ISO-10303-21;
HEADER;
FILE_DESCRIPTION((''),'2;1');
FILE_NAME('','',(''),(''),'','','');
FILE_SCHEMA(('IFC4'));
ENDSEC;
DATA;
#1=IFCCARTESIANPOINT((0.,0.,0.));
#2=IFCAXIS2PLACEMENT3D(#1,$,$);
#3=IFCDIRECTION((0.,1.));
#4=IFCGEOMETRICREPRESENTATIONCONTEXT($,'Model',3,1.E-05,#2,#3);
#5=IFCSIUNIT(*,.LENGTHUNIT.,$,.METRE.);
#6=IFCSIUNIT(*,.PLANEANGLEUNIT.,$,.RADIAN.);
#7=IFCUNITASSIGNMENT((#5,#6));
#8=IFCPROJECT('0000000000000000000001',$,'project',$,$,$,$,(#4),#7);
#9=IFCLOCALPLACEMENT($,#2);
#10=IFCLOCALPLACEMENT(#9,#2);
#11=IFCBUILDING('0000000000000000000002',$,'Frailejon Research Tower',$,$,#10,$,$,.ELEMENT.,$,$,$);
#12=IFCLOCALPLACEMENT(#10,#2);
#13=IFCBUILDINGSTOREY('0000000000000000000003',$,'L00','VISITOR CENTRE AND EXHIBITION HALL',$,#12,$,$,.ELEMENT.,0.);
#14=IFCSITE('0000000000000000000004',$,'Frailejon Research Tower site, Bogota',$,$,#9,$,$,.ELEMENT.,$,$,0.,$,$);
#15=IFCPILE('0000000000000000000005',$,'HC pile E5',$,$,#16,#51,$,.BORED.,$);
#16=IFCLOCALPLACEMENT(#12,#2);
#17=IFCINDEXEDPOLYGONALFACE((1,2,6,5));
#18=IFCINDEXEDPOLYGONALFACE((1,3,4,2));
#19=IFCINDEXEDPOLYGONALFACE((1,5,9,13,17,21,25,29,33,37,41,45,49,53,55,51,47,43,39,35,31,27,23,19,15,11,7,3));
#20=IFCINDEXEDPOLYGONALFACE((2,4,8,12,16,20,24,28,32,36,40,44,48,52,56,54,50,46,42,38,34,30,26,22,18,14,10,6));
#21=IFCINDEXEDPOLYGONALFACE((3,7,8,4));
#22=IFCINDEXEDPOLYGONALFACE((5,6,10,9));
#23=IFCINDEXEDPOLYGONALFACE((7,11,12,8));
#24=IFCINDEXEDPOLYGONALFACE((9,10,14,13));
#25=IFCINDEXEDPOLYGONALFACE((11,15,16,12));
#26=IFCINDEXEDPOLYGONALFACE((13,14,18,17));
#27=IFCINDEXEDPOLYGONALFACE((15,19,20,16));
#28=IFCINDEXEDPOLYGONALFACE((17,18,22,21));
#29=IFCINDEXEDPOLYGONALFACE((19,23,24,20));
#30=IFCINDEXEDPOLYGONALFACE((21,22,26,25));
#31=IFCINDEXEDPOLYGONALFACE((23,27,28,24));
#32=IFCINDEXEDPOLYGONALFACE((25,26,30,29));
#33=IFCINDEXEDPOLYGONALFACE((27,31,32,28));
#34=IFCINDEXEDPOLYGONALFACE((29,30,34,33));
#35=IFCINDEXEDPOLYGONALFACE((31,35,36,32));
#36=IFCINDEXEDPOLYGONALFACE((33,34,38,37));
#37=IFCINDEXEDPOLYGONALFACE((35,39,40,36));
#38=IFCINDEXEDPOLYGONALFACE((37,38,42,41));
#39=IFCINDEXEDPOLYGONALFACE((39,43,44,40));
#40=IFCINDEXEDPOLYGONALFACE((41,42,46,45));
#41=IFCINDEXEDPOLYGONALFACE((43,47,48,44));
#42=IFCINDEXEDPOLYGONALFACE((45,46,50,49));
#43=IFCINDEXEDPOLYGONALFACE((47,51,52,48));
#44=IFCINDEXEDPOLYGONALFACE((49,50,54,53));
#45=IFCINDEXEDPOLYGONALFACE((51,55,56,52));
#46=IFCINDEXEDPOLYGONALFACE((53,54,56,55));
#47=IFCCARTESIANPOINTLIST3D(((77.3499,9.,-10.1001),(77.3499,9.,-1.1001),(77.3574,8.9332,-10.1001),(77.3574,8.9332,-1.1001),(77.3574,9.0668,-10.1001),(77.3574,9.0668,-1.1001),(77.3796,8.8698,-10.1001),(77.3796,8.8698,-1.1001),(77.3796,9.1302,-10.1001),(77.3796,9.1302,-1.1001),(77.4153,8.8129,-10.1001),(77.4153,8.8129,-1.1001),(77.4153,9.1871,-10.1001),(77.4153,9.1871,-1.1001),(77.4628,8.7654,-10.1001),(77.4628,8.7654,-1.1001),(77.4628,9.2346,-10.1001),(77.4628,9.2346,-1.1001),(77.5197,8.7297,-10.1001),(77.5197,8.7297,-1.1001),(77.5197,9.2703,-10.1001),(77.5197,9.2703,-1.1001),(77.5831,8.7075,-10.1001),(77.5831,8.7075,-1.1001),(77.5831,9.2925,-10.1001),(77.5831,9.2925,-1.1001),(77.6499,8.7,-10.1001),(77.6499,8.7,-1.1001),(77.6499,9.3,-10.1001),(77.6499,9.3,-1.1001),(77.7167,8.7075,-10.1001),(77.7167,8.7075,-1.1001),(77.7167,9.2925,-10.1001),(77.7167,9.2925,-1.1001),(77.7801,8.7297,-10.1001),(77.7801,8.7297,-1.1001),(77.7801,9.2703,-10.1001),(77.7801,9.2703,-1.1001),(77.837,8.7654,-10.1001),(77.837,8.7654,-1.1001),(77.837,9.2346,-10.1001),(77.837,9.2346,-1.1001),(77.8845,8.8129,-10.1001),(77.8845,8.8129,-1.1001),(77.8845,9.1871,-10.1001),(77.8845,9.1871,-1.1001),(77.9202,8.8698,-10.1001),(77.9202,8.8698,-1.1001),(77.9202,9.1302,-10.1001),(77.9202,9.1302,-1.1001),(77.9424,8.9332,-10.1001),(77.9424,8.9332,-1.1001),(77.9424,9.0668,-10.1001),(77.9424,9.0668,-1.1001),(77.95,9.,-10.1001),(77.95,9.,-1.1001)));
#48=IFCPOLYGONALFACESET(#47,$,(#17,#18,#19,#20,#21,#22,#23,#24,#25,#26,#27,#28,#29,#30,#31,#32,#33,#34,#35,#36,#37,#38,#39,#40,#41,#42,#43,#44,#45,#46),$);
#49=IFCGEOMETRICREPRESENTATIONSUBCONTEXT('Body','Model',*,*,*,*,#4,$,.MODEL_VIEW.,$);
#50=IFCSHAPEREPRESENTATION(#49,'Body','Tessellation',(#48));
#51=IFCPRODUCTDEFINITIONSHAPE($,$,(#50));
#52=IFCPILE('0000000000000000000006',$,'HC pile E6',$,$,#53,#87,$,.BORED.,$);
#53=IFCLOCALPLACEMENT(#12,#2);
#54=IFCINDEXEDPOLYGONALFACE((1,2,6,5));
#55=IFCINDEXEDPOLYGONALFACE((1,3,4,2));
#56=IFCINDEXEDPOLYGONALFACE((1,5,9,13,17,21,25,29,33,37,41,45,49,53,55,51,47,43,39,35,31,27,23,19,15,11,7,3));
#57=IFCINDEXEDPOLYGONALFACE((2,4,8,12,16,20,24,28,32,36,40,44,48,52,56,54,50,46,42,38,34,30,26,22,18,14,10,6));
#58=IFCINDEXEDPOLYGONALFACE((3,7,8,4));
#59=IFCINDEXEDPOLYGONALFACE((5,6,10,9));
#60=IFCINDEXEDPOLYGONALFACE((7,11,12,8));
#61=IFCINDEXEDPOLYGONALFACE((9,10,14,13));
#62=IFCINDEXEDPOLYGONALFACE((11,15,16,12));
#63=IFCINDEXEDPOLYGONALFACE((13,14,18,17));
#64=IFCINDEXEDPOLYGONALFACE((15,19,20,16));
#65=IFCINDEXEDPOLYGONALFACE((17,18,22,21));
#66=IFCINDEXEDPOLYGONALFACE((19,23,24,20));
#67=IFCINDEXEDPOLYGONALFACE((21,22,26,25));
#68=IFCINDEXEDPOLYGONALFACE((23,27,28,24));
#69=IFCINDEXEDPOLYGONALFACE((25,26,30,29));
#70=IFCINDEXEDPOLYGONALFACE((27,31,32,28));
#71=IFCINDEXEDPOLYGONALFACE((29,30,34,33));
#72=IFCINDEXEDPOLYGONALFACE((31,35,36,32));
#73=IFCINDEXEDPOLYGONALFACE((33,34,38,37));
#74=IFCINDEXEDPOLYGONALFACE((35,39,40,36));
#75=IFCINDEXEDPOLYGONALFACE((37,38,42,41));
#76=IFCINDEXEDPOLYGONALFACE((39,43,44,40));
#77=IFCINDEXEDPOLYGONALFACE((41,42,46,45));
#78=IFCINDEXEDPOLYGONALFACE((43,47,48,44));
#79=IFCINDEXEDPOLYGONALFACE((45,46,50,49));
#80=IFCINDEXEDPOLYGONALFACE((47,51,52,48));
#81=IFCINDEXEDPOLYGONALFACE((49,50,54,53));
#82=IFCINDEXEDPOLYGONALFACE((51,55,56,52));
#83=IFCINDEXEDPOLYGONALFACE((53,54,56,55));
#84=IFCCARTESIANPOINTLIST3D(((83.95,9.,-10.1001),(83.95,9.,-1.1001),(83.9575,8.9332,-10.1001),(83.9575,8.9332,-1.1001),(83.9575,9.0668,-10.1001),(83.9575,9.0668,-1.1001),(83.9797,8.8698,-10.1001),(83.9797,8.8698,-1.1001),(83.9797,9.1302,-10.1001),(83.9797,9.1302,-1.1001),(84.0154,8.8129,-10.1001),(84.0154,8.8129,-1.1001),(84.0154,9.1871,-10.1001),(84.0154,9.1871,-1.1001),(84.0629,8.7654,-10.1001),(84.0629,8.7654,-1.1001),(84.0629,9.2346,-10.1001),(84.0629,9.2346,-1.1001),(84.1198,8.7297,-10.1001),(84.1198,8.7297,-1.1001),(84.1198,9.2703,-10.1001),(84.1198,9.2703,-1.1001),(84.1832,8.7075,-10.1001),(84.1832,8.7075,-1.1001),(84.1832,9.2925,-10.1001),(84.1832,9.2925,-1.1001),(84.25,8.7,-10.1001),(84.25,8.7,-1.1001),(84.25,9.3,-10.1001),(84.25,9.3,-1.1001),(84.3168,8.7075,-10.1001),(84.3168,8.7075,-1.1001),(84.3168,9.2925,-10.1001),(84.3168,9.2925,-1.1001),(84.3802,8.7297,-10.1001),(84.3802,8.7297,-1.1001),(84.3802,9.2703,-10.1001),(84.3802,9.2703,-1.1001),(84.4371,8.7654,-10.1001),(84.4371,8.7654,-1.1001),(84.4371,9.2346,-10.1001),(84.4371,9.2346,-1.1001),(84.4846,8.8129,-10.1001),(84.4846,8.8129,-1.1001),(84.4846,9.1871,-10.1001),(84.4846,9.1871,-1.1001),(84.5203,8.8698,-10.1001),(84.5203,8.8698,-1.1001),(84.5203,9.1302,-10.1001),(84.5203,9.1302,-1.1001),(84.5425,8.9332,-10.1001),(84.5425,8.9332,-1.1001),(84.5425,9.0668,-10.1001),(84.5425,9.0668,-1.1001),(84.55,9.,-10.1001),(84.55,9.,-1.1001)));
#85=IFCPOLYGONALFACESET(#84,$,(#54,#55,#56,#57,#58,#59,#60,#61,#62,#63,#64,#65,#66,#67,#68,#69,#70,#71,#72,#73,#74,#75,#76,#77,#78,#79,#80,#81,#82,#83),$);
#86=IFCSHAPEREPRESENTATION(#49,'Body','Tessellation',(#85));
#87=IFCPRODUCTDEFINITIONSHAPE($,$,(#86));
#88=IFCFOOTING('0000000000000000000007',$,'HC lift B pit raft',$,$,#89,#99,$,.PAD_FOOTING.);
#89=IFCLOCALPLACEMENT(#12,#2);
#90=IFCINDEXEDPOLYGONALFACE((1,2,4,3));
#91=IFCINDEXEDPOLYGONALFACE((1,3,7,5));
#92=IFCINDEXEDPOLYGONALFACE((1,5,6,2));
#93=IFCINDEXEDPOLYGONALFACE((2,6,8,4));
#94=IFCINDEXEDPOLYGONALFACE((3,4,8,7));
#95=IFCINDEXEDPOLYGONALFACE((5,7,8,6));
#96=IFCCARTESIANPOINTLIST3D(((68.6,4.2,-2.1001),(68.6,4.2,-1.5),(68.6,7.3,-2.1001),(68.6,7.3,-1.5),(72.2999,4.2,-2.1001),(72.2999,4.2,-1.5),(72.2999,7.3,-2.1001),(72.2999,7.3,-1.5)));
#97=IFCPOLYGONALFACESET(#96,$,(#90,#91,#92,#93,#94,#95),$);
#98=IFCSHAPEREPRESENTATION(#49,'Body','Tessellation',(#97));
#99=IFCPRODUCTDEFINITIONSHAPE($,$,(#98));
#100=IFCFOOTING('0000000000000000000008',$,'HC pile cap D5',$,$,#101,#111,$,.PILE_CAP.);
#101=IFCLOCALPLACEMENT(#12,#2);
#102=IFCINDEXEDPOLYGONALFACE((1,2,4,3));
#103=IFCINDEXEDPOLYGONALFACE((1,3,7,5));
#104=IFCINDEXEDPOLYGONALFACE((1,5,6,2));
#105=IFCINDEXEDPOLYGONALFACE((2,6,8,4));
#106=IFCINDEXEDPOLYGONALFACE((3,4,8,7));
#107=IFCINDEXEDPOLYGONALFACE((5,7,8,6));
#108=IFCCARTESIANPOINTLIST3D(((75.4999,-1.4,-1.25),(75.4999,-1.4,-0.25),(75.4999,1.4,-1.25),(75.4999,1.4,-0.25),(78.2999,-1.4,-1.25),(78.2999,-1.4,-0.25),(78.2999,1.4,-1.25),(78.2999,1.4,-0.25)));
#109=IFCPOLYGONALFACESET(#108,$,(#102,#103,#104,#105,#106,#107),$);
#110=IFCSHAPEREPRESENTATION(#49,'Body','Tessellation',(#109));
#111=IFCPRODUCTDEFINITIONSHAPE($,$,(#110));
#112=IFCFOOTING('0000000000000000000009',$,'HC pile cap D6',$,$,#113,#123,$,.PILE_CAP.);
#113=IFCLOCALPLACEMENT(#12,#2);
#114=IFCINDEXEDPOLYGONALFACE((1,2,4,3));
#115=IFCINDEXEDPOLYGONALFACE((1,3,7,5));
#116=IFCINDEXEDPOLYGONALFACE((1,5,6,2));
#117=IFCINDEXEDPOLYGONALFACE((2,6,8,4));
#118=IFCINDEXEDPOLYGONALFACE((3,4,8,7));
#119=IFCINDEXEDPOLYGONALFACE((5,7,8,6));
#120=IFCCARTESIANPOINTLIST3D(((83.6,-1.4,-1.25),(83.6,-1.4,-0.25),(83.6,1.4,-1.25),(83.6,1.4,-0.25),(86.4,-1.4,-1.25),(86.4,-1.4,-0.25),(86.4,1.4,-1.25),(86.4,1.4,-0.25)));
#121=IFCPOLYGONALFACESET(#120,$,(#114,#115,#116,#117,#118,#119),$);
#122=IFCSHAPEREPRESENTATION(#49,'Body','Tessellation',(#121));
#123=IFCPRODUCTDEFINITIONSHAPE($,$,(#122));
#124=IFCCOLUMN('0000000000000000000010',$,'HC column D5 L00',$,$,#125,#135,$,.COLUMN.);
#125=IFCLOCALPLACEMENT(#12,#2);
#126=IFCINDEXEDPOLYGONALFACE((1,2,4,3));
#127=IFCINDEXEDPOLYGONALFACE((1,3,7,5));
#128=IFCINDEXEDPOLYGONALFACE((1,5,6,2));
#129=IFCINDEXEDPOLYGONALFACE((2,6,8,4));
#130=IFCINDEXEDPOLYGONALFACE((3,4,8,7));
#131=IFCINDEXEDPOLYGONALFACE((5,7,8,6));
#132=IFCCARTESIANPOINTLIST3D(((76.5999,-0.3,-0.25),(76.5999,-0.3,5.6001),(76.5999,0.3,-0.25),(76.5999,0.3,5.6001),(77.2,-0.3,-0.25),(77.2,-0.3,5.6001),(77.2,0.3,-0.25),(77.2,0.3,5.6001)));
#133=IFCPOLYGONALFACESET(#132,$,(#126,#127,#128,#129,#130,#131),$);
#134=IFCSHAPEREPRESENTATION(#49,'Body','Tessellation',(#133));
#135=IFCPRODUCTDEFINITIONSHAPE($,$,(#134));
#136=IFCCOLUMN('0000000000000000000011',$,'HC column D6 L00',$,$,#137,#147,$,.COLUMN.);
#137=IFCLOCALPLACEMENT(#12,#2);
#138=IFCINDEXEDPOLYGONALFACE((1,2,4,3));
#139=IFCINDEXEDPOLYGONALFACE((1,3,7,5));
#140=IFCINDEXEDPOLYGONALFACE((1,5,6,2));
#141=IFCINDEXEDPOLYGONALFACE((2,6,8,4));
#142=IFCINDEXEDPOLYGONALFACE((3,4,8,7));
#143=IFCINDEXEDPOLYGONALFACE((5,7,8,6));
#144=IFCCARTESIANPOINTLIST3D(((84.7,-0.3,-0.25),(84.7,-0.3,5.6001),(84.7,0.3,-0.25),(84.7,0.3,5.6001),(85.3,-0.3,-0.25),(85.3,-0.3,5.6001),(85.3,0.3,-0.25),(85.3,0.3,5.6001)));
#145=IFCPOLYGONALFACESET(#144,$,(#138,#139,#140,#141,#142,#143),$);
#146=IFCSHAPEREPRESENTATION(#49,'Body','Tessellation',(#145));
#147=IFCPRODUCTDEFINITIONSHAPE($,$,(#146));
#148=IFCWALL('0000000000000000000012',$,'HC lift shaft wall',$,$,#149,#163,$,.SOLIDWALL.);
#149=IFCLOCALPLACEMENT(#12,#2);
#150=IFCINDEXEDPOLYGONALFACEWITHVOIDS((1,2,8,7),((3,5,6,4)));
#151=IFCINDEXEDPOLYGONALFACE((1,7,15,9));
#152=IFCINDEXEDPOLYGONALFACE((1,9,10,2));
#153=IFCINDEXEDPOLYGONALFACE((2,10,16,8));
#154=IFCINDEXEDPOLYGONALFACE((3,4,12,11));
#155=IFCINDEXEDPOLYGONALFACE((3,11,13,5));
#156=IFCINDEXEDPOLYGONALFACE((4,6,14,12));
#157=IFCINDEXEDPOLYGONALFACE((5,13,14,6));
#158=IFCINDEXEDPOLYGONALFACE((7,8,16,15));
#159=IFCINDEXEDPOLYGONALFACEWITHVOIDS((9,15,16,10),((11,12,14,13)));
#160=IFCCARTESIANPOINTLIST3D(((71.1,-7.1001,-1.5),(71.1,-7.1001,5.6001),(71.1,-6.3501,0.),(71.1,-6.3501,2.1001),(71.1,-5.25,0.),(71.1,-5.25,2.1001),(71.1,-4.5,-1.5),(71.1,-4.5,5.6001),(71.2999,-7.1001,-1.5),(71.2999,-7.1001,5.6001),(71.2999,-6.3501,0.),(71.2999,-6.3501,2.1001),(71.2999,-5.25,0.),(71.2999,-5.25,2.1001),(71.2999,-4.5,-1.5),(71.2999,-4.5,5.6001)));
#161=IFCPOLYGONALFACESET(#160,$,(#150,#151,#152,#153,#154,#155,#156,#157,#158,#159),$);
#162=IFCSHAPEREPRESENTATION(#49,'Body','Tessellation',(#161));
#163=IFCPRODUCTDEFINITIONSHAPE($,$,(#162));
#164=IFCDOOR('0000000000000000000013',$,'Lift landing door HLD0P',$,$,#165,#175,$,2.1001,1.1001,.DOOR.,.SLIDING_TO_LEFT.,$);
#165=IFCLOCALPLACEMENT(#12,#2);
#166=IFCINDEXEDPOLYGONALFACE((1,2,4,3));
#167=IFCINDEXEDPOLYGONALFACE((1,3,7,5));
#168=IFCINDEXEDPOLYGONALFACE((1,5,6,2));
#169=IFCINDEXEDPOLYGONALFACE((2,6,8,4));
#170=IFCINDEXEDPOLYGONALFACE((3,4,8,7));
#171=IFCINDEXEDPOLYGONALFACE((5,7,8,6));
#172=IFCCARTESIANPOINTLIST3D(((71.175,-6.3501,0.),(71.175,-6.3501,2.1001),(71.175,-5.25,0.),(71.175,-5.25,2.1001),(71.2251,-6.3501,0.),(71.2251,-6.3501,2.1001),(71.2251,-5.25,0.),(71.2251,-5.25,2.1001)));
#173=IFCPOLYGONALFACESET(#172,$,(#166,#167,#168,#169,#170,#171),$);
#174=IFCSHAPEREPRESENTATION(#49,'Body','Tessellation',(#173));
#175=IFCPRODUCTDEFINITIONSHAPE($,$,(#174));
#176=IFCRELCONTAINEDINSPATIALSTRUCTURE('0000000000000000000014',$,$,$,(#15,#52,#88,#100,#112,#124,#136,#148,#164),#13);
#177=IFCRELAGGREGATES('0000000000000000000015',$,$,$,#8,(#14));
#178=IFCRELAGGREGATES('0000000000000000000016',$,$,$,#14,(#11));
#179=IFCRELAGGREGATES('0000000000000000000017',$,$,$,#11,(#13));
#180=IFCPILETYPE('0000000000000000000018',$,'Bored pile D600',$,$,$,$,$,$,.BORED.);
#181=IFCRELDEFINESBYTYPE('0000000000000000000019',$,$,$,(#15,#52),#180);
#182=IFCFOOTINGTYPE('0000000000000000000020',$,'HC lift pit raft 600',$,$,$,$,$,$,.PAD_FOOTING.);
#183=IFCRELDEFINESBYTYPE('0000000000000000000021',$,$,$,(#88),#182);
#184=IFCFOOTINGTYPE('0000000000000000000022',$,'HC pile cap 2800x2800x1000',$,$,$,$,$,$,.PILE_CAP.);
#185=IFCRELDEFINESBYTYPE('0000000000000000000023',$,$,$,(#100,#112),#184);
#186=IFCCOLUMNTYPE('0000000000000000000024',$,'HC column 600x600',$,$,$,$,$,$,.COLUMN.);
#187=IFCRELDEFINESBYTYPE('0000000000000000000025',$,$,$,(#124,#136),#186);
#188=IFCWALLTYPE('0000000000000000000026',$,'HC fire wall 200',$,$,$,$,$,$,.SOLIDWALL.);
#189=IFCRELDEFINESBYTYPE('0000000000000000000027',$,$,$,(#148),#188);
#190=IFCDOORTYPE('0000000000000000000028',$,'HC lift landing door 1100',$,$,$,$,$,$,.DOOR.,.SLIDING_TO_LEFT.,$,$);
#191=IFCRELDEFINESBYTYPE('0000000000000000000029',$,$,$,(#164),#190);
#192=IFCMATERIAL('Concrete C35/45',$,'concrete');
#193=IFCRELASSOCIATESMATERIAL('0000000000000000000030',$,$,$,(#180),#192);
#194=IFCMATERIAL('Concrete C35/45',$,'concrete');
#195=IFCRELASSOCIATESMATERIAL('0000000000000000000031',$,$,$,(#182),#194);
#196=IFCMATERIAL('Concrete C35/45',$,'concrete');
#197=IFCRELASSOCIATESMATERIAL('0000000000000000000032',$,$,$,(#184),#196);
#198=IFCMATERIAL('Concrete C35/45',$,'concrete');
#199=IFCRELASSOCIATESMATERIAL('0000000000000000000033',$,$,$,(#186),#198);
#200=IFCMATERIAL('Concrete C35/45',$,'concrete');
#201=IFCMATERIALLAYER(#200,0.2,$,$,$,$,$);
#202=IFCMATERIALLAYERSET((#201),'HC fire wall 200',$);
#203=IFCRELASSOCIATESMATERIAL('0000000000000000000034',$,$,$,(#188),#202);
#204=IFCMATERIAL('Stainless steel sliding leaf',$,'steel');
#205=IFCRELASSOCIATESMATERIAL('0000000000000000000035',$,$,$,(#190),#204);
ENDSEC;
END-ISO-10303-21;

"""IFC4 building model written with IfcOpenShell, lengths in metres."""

from ifc_helpers import new_model, si_unit, direction, frame, frame_2d, origin, origin_2d, place, context, subcontext, project, spatial, rectangle, circle, extrude, material, layer, layer_set, material_profile, profile_set, type_object, element, fill, save


model = new_model("IFC4")

# Units and contexts
model_context = context("Model", 3, precision=1e-05, world=origin(), true_north=direction((0.0, 1.0)))
body_context = subcontext(model_context, "Body", "Model", "MODEL_VIEW")
ifc_project = project(units=[si_unit("LENGTHUNIT", "METRE"), si_unit("PLANEANGLEUNIT", "RADIAN")], contexts=[model_context])

# Site, building, storey
site_placement = place(None, origin())
site = spatial("IfcSite", under=ifc_project, at=site_placement, Name="Frailejon Research Tower site, Bogota", CompositionType="ELEMENT", RefElevation=0.0)
building_placement = place(site_placement, origin())
building = spatial("IfcBuilding", under=site, at=building_placement, Name="Frailejon Research Tower", CompositionType="ELEMENT")
storey_placement = place(building_placement, origin())
storey = spatial("IfcBuildingStorey", under=building, at=storey_placement, Name="L00", Description="VISITOR CENTRE AND EXHIBITION HALL", CompositionType="ELEMENT", Elevation=0.0)

# Piles
ifc_material_1 = material(Name="Concrete C35/45", Category="concrete")
ifc_material_profile_1 = material_profile(ifc_material_1, circle(Radius=0.3, at=origin_2d()), Name="Bored pile D600")
ifc_profile_set_1 = profile_set([ifc_material_profile_1], Name="Concrete C35/45")
pile_type = type_object("IfcPileType", Name="Bored pile D600", PredefinedType="BORED", material=ifc_profile_set_1)
for number, where, z_axis, x_axis, name in (
    (1, (77.6499, 9.0, -1.1001), (0.0, 0.0, -1.0), (1.0, 0.0, 0.0), "HC pile E5"),
    (2, (84.25, 9.0, -1.1001), (0.0, 0.0, -1.0), (1.0, 0.0, 0.0), "HC pile E6"),
):
    element("IfcPile", number, at=place(storey_placement, frame(where, z_axis=z_axis, x_axis=x_axis)), inside=storey, type_object=pile_type, Name=name, PredefinedType="BORED", context=body_context, shape_type="SweptSolid", body=[
        extrude(circle(Radius=0.3, at=origin_2d()), origin(), (0.0, 0.0, 1.0), 9.0),
    ])

# Footings
ifc_material_2 = material(Name="Concrete C35/45", Category="concrete")
footing_type_1 = type_object("IfcFootingType", Name="HC lift pit raft 600", PredefinedType="PAD_FOOTING", material=ifc_material_2)
footing_placement = place(storey_placement, frame((70.45, 5.75, -2.1001), z_axis=(0.0, 0.0, 1.0), x_axis=(1.0, 0.0, 0.0)))
element("IfcFooting", 3, at=footing_placement, inside=storey, type_object=footing_type_1, Name="HC lift B pit raft", PredefinedType="PAD_FOOTING", context=body_context, shape_type="SweptSolid", body=[
    extrude(rectangle(XDim=3.7, YDim=3.1001, at=origin_2d()), origin(), (0.0, 0.0, 1.0), 0.6001),
])
ifc_material_3 = material(Name="Concrete C35/45", Category="concrete")
footing_type_2 = type_object("IfcFootingType", Name="HC pile cap 2800x2800x1000", PredefinedType="PILE_CAP", material=ifc_material_3)
for number, where, z_axis, x_axis, name in (
    (4, (76.8999, 0.0, -1.25), (0.0, 0.0, 1.0), (1.0, 0.0, 0.0), "HC pile cap D5"),
    (5, (85.0, 0.0, -1.25), (0.0, 0.0, 1.0), (1.0, 0.0, 0.0), "HC pile cap D6"),
):
    element("IfcFooting", number, at=place(storey_placement, frame(where, z_axis=z_axis, x_axis=x_axis)), inside=storey, type_object=footing_type_2, Name=name, PredefinedType="PILE_CAP", context=body_context, shape_type="SweptSolid", body=[
        extrude(rectangle(XDim=2.8, YDim=2.8, at=origin_2d()), origin(), (0.0, 0.0, 1.0), 1.0),
    ])

# Columns
ifc_material_4 = material(Name="Concrete C35/45", Category="concrete")
ifc_material_profile_2 = material_profile(ifc_material_4, rectangle(XDim=0.6001, YDim=0.6001, at=origin_2d()), Name="HC column 600x600")
ifc_profile_set_2 = profile_set([ifc_material_profile_2], Name="Concrete C35/45")
column_type = type_object("IfcColumnType", Name="HC column 600x600", PredefinedType="COLUMN", material=ifc_profile_set_2)
for number, where, z_axis, x_axis, name in (
    (6, (76.8999, 0.0, -0.25), (0.0, 0.0, 1.0), (1.0, 0.0, 0.0), "HC column D5 L00"),
    (7, (85.0, 0.0, -0.25), (0.0, 0.0, 1.0), (1.0, 0.0, 0.0), "HC column D6 L00"),
):
    element("IfcColumn", number, at=place(storey_placement, frame(where, z_axis=z_axis, x_axis=x_axis)), inside=storey, type_object=column_type, Name=name, PredefinedType="COLUMN", context=body_context, shape_type="SweptSolid", body=[
        extrude(rectangle(XDim=0.6001, YDim=0.6001, at=origin_2d()), origin(), (0.0, 0.0, 1.0), 5.8501),
    ])

# Wall, opening, door
ifc_material_5 = material(Name="Concrete C35/45", Category="concrete")
ifc_layer_1 = layer(ifc_material_5, 0.2)
ifc_layer_set_1 = layer_set([ifc_layer_1], Name="HC fire wall 200")
wall_type_1 = type_object("IfcWallType", Name="HC fire wall 200", PredefinedType="SOLIDWALL", material=ifc_layer_set_1)
wall_1_placement = place(storey_placement, frame((71.2, -7.1001, -1.5), z_axis=(0.0, 0.0, 1.0), x_axis=(0.0, 1.0, 0.0)))
wall_1 = element("IfcWall", 8, at=wall_1_placement, inside=storey, type_object=wall_type_1, Name="HC lift shaft wall", PredefinedType="SOLIDWALL", context=body_context, shape_type="SweptSolid", body=[
    extrude(rectangle(XDim=2.6001, YDim=0.2, at=frame_2d((1.3, 0.0))), origin(), (0.0, 0.0, 1.0), 7.1001),
])
opening_1_placement = place(wall_1_placement, frame((0.75, 0.0, 1.5)))
opening_1 = element("IfcOpeningElement", 9, at=opening_1_placement, cuts=wall_1, PredefinedType="OPENING", context=body_context, shape_type="SweptSolid", body=[
    extrude(rectangle(XDim=1.1001, YDim=2.1001, at=frame_2d((0.55, 1.05))), frame((0.0, 0.1099, 0.0), z_axis=(0.0, -1.0, 0.0), x_axis=(1.0, 0.0, 0.0)), (0.0, 0.0, 1.0), 0.22),
])
ifc_material_6 = material(Name="Stainless steel sliding leaf", Category="steel")
door_type_1 = type_object("IfcDoorType", Name="HC lift landing door 1100", OperationType="SLIDING_TO_LEFT", PredefinedType="DOOR", material=ifc_material_6)
door_1_placement = place(opening_1_placement, origin())
door_1 = element("IfcDoor", 10, at=door_1_placement, inside=storey, type_object=door_type_1, Name="Lift landing door HLD0P", OperationType="SLIDING_TO_LEFT", OverallHeight=2.1001, OverallWidth=1.1001, PredefinedType="DOOR", context=body_context, shape_type="SweptSolid", body=[
    extrude(rectangle(XDim=1.1001, YDim=2.1001, at=frame_2d((0.55, 1.05))), frame((0.0, 0.0249, 0.0), z_axis=(0.0, -1.0, 0.0), x_axis=(1.0, 0.0, 0.0)), (0.0, 0.0, 1.0), 0.05),
])
fill(opening_1, door_1)

save(model, "model.ifc")
